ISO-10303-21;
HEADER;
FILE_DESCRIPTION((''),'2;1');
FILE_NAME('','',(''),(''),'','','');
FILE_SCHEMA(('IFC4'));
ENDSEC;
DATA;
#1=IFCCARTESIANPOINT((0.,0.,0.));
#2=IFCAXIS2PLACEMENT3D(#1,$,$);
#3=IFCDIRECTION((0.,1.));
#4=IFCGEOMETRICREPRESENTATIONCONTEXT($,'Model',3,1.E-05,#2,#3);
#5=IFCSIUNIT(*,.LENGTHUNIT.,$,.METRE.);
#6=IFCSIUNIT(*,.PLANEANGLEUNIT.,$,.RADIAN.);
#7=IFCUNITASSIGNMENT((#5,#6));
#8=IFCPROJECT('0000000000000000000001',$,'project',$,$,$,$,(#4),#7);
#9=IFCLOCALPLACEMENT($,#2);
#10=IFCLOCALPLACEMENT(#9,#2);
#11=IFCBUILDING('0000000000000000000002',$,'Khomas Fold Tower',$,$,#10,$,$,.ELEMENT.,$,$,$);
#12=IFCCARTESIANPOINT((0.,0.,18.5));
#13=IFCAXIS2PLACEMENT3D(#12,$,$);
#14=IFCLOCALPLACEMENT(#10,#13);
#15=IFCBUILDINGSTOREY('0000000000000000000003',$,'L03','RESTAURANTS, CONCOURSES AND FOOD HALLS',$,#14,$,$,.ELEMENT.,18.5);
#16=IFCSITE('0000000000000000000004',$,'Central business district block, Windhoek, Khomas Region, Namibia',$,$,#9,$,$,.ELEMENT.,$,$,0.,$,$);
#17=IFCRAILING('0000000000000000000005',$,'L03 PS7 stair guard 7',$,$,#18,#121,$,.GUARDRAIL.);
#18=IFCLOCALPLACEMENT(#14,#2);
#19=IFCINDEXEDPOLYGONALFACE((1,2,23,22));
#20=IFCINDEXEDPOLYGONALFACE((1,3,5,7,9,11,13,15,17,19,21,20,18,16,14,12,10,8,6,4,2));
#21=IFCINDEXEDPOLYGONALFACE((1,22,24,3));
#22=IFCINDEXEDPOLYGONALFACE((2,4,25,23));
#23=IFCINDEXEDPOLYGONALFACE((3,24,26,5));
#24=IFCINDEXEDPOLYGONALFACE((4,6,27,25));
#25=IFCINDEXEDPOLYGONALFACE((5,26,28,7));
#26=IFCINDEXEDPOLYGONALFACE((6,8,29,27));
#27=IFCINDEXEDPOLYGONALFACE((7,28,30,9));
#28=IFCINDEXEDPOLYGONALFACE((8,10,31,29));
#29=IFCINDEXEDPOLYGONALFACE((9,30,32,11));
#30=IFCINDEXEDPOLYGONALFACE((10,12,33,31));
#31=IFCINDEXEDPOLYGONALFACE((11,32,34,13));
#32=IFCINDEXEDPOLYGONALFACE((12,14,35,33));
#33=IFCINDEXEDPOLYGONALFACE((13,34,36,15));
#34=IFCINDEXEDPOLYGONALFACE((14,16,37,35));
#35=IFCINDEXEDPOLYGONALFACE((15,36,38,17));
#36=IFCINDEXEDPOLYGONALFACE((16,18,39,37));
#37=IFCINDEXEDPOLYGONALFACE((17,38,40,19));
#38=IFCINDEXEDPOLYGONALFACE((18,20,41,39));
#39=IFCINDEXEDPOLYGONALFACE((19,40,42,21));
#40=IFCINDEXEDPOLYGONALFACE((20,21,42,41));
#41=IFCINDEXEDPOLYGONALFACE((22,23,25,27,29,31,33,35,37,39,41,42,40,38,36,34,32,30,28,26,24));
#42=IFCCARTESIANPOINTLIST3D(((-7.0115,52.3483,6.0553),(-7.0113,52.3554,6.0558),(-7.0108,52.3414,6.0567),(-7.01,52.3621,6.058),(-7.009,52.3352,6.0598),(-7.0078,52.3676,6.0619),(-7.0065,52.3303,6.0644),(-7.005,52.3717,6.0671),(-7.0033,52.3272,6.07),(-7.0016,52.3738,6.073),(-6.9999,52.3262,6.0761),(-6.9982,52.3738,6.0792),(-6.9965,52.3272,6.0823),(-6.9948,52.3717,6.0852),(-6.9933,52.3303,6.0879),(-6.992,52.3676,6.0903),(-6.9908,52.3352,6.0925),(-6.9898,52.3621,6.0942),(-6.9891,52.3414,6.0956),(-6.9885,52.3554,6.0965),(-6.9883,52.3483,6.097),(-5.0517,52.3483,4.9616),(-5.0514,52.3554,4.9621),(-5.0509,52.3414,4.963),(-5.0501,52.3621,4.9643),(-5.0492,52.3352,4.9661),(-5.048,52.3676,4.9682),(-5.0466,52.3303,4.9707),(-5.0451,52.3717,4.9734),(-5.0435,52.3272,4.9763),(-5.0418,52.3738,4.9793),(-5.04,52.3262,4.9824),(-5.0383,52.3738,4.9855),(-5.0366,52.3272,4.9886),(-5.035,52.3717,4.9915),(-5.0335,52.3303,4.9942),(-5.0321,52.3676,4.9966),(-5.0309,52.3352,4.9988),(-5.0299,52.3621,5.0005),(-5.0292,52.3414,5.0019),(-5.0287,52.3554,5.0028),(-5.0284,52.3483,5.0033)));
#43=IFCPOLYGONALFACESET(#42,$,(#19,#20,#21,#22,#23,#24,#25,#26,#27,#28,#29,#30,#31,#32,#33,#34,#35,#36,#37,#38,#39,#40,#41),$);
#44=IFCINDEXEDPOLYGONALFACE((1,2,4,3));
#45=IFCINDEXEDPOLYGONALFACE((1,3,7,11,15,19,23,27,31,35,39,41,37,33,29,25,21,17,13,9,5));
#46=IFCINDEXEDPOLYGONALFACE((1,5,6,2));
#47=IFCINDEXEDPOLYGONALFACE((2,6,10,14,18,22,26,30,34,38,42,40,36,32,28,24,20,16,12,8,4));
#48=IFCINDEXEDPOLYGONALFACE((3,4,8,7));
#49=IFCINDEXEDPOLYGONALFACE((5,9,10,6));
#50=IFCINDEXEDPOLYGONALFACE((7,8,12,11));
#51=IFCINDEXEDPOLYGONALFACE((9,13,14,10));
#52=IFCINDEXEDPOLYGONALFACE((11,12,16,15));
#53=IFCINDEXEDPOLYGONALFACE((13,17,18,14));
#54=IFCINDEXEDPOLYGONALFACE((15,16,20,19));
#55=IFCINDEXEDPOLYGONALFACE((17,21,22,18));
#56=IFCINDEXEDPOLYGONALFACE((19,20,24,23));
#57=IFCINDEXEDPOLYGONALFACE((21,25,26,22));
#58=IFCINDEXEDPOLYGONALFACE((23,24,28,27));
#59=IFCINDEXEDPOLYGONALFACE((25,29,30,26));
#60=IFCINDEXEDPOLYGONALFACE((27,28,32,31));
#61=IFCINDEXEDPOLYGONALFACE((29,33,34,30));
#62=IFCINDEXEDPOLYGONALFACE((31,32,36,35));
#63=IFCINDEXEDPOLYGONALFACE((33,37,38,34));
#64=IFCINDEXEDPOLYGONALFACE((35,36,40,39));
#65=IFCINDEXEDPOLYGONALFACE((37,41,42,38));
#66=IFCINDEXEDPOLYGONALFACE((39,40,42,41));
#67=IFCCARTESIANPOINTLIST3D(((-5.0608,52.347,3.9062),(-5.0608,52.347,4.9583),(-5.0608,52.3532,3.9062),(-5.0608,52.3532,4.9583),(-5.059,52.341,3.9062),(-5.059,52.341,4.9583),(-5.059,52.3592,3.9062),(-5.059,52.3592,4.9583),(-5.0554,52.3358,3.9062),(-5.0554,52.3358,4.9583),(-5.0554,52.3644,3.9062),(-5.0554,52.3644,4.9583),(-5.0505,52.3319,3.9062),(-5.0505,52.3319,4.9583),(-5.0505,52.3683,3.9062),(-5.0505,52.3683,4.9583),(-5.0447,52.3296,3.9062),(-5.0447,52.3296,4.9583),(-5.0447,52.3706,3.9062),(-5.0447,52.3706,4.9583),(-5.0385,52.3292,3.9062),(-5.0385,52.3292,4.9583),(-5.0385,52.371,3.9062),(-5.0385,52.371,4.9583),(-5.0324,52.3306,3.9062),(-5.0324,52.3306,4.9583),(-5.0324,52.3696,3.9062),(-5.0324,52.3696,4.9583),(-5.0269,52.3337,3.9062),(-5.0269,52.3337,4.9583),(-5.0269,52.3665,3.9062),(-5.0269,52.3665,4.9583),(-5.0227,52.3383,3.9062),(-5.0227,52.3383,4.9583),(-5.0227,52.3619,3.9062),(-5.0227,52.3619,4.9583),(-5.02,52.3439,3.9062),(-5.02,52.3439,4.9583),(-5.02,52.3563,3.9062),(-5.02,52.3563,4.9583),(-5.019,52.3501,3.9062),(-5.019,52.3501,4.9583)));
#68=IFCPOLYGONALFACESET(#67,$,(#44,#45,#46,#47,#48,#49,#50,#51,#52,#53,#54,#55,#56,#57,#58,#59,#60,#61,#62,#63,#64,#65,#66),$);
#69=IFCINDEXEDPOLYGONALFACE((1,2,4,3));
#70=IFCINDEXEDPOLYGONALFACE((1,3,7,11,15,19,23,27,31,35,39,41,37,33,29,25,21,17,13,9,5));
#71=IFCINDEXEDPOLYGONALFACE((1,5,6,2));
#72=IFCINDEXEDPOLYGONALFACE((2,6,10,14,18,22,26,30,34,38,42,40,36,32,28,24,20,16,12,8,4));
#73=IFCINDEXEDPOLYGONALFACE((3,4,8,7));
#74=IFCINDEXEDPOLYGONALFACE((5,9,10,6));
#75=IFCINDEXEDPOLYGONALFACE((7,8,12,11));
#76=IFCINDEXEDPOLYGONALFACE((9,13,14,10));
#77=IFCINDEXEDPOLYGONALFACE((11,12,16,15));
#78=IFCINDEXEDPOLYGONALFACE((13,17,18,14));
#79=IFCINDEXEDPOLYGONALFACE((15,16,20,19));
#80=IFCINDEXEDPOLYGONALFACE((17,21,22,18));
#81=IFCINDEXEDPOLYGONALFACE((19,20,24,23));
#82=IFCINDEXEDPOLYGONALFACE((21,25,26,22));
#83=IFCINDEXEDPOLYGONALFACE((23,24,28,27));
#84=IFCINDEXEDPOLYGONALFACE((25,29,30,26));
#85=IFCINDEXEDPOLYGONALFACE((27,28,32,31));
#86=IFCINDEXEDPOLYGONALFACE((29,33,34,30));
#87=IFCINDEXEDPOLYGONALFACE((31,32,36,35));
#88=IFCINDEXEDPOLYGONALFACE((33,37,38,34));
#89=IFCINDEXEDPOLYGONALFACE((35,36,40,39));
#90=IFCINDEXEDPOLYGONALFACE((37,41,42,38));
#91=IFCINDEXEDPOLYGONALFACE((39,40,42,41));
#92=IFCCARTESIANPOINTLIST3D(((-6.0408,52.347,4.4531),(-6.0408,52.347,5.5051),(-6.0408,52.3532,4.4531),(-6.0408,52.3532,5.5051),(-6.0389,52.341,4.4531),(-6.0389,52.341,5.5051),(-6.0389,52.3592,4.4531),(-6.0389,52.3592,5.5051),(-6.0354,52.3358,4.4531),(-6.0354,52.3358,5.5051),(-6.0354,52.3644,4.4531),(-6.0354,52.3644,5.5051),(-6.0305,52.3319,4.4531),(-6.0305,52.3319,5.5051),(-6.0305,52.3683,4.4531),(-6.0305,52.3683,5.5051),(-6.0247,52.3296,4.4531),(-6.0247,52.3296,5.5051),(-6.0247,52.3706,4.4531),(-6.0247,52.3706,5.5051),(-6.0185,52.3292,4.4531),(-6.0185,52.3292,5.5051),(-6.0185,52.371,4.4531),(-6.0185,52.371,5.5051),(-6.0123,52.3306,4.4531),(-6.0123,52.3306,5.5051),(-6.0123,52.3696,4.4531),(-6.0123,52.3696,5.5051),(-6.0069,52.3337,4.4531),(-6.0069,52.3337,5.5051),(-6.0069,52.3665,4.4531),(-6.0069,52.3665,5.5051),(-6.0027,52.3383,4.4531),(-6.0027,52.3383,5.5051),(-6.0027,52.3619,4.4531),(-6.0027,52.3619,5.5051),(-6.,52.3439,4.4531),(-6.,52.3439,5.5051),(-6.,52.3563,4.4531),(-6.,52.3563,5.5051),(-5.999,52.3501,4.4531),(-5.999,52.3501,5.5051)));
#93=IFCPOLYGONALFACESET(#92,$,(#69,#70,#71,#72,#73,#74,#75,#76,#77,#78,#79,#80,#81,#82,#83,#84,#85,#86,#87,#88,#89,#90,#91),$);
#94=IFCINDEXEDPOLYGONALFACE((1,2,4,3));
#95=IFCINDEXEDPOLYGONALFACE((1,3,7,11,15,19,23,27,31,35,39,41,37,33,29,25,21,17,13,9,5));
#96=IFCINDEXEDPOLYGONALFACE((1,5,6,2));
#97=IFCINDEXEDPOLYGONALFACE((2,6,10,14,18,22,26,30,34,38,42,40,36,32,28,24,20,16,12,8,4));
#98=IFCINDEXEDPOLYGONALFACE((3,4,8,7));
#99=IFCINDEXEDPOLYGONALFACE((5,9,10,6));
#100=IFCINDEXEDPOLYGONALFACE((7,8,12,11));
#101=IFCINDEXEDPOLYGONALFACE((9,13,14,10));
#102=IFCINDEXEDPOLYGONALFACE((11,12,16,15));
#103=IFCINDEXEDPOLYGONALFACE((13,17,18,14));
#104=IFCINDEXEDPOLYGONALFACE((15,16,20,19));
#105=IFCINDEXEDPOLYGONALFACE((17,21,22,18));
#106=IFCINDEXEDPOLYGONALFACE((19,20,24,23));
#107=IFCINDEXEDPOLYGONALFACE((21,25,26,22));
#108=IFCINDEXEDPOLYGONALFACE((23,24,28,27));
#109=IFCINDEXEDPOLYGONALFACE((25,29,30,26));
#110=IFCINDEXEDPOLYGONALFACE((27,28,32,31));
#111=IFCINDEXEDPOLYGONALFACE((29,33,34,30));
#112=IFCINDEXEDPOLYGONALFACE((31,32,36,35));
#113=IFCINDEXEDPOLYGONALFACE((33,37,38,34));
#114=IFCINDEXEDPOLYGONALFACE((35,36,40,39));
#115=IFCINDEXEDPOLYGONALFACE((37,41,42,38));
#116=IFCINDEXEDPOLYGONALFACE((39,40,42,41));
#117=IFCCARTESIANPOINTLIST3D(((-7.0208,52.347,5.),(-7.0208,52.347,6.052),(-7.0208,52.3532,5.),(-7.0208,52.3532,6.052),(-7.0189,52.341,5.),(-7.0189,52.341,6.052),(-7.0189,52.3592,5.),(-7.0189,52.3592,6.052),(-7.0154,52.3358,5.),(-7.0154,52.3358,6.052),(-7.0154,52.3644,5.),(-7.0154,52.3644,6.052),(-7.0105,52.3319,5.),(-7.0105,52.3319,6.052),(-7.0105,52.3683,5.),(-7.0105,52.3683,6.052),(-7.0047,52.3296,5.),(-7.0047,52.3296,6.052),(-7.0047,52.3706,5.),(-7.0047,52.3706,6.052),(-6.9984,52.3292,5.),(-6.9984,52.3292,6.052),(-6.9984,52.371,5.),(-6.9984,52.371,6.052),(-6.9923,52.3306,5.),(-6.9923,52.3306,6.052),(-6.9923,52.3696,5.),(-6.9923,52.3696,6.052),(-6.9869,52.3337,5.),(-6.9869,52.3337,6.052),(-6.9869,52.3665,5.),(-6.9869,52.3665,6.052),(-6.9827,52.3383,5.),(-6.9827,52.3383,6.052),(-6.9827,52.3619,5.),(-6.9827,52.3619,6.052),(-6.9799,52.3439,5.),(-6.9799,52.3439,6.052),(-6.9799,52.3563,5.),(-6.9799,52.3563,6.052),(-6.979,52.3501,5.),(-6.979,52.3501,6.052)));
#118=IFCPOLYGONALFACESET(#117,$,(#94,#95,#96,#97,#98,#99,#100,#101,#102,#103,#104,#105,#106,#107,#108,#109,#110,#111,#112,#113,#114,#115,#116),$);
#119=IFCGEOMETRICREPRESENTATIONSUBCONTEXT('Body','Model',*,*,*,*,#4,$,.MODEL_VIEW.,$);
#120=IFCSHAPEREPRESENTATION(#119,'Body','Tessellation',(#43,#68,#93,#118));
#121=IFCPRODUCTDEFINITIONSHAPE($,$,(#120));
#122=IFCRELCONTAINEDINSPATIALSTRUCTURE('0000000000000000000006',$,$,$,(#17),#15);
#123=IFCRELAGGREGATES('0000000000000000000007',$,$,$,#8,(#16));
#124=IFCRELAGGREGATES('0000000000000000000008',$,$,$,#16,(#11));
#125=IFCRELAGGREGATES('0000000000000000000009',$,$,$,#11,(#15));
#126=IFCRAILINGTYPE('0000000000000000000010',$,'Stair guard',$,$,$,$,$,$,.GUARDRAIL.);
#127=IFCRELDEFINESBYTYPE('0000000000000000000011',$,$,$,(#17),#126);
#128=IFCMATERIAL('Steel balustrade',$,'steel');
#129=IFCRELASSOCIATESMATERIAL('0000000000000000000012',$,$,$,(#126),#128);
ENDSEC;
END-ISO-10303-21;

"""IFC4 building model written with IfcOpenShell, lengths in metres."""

from ifc_helpers import new_model, si_unit, direction, frame, origin, origin_2d, place, context, subcontext, project, spatial, circle, extrude, source, transform, mapped, material, type_object, element, save


model = new_model("IFC4")

# Units and contexts
model_context = context("Model", 3, precision=1e-05, world=origin(), true_north=direction((0.0, 1.0)))
body_context = subcontext(model_context, "Body", "Model", "MODEL_VIEW")
ifc_project = project(units=[si_unit("LENGTHUNIT", "METRE"), si_unit("PLANEANGLEUNIT", "RADIAN")], contexts=[model_context])

# Site, building, storey
site_placement = place(None, origin())
site = spatial("IfcSite", under=ifc_project, at=site_placement, Name="Central business district block, Windhoek, Khomas Region, Namibia", CompositionType="ELEMENT", RefElevation=0.0)
building_placement = place(site_placement, origin())
building = spatial("IfcBuilding", under=site, at=building_placement, Name="Khomas Fold Tower", CompositionType="ELEMENT")
storey_placement = place(building_placement, frame((0.0, 0.0, 18.5)))
storey = spatial("IfcBuildingStorey", under=building, at=storey_placement, Name="L03", Description="RESTAURANTS, CONCOURSES AND FOOD HALLS", CompositionType="ELEMENT", Elevation=18.5)

# Railing
ifc_material_1 = material(Name="Steel balustrade", Category="steel")
railing_type_1 = type_object("IfcRailingType", Name="Stair guard", PredefinedType="GUARDRAIL", material=ifc_material_1)
shared_shape_1 = source(origin(), body_context, "Body", "SweptSolid", [
    extrude(circle(Radius=0.0239, at=origin_2d()), frame((0.0, 0.0, 1.0762), z_axis=(-0.873232, 0.0, 0.487304), x_axis=(0.0, -1.0, 0.0)), (0.0, 0.0, 1.0), 2.2444),
    extrude(circle(Radius=0.021, at=origin_2d()), origin(), (0.0, 0.0, 1.0), 1.052),
    extrude(circle(Radius=0.021, at=origin_2d()), frame((-0.98, 0.0, 0.5469)), (0.0, 0.0, 1.0), 1.052),
    extrude(circle(Radius=0.021, at=origin_2d()), frame((-1.96, 0.0, 1.0938)), (0.0, 0.0, 1.0), 1.052),
])
for number, where, name in (
    (1, (-5.04, 52.3501, 3.9062), "L03 PS7 stair guard 7"),
):
    element("IfcRailing", number, at=place(storey_placement, frame(where)), inside=storey, type_object=railing_type_1, Name=name, PredefinedType="GUARDRAIL", context=body_context, shape_type="MappedRepresentation", body=[
        mapped(shared_shape_1, transform((0.0, 0.0, 0.0))),
    ])

save(model, "model.ifc")
